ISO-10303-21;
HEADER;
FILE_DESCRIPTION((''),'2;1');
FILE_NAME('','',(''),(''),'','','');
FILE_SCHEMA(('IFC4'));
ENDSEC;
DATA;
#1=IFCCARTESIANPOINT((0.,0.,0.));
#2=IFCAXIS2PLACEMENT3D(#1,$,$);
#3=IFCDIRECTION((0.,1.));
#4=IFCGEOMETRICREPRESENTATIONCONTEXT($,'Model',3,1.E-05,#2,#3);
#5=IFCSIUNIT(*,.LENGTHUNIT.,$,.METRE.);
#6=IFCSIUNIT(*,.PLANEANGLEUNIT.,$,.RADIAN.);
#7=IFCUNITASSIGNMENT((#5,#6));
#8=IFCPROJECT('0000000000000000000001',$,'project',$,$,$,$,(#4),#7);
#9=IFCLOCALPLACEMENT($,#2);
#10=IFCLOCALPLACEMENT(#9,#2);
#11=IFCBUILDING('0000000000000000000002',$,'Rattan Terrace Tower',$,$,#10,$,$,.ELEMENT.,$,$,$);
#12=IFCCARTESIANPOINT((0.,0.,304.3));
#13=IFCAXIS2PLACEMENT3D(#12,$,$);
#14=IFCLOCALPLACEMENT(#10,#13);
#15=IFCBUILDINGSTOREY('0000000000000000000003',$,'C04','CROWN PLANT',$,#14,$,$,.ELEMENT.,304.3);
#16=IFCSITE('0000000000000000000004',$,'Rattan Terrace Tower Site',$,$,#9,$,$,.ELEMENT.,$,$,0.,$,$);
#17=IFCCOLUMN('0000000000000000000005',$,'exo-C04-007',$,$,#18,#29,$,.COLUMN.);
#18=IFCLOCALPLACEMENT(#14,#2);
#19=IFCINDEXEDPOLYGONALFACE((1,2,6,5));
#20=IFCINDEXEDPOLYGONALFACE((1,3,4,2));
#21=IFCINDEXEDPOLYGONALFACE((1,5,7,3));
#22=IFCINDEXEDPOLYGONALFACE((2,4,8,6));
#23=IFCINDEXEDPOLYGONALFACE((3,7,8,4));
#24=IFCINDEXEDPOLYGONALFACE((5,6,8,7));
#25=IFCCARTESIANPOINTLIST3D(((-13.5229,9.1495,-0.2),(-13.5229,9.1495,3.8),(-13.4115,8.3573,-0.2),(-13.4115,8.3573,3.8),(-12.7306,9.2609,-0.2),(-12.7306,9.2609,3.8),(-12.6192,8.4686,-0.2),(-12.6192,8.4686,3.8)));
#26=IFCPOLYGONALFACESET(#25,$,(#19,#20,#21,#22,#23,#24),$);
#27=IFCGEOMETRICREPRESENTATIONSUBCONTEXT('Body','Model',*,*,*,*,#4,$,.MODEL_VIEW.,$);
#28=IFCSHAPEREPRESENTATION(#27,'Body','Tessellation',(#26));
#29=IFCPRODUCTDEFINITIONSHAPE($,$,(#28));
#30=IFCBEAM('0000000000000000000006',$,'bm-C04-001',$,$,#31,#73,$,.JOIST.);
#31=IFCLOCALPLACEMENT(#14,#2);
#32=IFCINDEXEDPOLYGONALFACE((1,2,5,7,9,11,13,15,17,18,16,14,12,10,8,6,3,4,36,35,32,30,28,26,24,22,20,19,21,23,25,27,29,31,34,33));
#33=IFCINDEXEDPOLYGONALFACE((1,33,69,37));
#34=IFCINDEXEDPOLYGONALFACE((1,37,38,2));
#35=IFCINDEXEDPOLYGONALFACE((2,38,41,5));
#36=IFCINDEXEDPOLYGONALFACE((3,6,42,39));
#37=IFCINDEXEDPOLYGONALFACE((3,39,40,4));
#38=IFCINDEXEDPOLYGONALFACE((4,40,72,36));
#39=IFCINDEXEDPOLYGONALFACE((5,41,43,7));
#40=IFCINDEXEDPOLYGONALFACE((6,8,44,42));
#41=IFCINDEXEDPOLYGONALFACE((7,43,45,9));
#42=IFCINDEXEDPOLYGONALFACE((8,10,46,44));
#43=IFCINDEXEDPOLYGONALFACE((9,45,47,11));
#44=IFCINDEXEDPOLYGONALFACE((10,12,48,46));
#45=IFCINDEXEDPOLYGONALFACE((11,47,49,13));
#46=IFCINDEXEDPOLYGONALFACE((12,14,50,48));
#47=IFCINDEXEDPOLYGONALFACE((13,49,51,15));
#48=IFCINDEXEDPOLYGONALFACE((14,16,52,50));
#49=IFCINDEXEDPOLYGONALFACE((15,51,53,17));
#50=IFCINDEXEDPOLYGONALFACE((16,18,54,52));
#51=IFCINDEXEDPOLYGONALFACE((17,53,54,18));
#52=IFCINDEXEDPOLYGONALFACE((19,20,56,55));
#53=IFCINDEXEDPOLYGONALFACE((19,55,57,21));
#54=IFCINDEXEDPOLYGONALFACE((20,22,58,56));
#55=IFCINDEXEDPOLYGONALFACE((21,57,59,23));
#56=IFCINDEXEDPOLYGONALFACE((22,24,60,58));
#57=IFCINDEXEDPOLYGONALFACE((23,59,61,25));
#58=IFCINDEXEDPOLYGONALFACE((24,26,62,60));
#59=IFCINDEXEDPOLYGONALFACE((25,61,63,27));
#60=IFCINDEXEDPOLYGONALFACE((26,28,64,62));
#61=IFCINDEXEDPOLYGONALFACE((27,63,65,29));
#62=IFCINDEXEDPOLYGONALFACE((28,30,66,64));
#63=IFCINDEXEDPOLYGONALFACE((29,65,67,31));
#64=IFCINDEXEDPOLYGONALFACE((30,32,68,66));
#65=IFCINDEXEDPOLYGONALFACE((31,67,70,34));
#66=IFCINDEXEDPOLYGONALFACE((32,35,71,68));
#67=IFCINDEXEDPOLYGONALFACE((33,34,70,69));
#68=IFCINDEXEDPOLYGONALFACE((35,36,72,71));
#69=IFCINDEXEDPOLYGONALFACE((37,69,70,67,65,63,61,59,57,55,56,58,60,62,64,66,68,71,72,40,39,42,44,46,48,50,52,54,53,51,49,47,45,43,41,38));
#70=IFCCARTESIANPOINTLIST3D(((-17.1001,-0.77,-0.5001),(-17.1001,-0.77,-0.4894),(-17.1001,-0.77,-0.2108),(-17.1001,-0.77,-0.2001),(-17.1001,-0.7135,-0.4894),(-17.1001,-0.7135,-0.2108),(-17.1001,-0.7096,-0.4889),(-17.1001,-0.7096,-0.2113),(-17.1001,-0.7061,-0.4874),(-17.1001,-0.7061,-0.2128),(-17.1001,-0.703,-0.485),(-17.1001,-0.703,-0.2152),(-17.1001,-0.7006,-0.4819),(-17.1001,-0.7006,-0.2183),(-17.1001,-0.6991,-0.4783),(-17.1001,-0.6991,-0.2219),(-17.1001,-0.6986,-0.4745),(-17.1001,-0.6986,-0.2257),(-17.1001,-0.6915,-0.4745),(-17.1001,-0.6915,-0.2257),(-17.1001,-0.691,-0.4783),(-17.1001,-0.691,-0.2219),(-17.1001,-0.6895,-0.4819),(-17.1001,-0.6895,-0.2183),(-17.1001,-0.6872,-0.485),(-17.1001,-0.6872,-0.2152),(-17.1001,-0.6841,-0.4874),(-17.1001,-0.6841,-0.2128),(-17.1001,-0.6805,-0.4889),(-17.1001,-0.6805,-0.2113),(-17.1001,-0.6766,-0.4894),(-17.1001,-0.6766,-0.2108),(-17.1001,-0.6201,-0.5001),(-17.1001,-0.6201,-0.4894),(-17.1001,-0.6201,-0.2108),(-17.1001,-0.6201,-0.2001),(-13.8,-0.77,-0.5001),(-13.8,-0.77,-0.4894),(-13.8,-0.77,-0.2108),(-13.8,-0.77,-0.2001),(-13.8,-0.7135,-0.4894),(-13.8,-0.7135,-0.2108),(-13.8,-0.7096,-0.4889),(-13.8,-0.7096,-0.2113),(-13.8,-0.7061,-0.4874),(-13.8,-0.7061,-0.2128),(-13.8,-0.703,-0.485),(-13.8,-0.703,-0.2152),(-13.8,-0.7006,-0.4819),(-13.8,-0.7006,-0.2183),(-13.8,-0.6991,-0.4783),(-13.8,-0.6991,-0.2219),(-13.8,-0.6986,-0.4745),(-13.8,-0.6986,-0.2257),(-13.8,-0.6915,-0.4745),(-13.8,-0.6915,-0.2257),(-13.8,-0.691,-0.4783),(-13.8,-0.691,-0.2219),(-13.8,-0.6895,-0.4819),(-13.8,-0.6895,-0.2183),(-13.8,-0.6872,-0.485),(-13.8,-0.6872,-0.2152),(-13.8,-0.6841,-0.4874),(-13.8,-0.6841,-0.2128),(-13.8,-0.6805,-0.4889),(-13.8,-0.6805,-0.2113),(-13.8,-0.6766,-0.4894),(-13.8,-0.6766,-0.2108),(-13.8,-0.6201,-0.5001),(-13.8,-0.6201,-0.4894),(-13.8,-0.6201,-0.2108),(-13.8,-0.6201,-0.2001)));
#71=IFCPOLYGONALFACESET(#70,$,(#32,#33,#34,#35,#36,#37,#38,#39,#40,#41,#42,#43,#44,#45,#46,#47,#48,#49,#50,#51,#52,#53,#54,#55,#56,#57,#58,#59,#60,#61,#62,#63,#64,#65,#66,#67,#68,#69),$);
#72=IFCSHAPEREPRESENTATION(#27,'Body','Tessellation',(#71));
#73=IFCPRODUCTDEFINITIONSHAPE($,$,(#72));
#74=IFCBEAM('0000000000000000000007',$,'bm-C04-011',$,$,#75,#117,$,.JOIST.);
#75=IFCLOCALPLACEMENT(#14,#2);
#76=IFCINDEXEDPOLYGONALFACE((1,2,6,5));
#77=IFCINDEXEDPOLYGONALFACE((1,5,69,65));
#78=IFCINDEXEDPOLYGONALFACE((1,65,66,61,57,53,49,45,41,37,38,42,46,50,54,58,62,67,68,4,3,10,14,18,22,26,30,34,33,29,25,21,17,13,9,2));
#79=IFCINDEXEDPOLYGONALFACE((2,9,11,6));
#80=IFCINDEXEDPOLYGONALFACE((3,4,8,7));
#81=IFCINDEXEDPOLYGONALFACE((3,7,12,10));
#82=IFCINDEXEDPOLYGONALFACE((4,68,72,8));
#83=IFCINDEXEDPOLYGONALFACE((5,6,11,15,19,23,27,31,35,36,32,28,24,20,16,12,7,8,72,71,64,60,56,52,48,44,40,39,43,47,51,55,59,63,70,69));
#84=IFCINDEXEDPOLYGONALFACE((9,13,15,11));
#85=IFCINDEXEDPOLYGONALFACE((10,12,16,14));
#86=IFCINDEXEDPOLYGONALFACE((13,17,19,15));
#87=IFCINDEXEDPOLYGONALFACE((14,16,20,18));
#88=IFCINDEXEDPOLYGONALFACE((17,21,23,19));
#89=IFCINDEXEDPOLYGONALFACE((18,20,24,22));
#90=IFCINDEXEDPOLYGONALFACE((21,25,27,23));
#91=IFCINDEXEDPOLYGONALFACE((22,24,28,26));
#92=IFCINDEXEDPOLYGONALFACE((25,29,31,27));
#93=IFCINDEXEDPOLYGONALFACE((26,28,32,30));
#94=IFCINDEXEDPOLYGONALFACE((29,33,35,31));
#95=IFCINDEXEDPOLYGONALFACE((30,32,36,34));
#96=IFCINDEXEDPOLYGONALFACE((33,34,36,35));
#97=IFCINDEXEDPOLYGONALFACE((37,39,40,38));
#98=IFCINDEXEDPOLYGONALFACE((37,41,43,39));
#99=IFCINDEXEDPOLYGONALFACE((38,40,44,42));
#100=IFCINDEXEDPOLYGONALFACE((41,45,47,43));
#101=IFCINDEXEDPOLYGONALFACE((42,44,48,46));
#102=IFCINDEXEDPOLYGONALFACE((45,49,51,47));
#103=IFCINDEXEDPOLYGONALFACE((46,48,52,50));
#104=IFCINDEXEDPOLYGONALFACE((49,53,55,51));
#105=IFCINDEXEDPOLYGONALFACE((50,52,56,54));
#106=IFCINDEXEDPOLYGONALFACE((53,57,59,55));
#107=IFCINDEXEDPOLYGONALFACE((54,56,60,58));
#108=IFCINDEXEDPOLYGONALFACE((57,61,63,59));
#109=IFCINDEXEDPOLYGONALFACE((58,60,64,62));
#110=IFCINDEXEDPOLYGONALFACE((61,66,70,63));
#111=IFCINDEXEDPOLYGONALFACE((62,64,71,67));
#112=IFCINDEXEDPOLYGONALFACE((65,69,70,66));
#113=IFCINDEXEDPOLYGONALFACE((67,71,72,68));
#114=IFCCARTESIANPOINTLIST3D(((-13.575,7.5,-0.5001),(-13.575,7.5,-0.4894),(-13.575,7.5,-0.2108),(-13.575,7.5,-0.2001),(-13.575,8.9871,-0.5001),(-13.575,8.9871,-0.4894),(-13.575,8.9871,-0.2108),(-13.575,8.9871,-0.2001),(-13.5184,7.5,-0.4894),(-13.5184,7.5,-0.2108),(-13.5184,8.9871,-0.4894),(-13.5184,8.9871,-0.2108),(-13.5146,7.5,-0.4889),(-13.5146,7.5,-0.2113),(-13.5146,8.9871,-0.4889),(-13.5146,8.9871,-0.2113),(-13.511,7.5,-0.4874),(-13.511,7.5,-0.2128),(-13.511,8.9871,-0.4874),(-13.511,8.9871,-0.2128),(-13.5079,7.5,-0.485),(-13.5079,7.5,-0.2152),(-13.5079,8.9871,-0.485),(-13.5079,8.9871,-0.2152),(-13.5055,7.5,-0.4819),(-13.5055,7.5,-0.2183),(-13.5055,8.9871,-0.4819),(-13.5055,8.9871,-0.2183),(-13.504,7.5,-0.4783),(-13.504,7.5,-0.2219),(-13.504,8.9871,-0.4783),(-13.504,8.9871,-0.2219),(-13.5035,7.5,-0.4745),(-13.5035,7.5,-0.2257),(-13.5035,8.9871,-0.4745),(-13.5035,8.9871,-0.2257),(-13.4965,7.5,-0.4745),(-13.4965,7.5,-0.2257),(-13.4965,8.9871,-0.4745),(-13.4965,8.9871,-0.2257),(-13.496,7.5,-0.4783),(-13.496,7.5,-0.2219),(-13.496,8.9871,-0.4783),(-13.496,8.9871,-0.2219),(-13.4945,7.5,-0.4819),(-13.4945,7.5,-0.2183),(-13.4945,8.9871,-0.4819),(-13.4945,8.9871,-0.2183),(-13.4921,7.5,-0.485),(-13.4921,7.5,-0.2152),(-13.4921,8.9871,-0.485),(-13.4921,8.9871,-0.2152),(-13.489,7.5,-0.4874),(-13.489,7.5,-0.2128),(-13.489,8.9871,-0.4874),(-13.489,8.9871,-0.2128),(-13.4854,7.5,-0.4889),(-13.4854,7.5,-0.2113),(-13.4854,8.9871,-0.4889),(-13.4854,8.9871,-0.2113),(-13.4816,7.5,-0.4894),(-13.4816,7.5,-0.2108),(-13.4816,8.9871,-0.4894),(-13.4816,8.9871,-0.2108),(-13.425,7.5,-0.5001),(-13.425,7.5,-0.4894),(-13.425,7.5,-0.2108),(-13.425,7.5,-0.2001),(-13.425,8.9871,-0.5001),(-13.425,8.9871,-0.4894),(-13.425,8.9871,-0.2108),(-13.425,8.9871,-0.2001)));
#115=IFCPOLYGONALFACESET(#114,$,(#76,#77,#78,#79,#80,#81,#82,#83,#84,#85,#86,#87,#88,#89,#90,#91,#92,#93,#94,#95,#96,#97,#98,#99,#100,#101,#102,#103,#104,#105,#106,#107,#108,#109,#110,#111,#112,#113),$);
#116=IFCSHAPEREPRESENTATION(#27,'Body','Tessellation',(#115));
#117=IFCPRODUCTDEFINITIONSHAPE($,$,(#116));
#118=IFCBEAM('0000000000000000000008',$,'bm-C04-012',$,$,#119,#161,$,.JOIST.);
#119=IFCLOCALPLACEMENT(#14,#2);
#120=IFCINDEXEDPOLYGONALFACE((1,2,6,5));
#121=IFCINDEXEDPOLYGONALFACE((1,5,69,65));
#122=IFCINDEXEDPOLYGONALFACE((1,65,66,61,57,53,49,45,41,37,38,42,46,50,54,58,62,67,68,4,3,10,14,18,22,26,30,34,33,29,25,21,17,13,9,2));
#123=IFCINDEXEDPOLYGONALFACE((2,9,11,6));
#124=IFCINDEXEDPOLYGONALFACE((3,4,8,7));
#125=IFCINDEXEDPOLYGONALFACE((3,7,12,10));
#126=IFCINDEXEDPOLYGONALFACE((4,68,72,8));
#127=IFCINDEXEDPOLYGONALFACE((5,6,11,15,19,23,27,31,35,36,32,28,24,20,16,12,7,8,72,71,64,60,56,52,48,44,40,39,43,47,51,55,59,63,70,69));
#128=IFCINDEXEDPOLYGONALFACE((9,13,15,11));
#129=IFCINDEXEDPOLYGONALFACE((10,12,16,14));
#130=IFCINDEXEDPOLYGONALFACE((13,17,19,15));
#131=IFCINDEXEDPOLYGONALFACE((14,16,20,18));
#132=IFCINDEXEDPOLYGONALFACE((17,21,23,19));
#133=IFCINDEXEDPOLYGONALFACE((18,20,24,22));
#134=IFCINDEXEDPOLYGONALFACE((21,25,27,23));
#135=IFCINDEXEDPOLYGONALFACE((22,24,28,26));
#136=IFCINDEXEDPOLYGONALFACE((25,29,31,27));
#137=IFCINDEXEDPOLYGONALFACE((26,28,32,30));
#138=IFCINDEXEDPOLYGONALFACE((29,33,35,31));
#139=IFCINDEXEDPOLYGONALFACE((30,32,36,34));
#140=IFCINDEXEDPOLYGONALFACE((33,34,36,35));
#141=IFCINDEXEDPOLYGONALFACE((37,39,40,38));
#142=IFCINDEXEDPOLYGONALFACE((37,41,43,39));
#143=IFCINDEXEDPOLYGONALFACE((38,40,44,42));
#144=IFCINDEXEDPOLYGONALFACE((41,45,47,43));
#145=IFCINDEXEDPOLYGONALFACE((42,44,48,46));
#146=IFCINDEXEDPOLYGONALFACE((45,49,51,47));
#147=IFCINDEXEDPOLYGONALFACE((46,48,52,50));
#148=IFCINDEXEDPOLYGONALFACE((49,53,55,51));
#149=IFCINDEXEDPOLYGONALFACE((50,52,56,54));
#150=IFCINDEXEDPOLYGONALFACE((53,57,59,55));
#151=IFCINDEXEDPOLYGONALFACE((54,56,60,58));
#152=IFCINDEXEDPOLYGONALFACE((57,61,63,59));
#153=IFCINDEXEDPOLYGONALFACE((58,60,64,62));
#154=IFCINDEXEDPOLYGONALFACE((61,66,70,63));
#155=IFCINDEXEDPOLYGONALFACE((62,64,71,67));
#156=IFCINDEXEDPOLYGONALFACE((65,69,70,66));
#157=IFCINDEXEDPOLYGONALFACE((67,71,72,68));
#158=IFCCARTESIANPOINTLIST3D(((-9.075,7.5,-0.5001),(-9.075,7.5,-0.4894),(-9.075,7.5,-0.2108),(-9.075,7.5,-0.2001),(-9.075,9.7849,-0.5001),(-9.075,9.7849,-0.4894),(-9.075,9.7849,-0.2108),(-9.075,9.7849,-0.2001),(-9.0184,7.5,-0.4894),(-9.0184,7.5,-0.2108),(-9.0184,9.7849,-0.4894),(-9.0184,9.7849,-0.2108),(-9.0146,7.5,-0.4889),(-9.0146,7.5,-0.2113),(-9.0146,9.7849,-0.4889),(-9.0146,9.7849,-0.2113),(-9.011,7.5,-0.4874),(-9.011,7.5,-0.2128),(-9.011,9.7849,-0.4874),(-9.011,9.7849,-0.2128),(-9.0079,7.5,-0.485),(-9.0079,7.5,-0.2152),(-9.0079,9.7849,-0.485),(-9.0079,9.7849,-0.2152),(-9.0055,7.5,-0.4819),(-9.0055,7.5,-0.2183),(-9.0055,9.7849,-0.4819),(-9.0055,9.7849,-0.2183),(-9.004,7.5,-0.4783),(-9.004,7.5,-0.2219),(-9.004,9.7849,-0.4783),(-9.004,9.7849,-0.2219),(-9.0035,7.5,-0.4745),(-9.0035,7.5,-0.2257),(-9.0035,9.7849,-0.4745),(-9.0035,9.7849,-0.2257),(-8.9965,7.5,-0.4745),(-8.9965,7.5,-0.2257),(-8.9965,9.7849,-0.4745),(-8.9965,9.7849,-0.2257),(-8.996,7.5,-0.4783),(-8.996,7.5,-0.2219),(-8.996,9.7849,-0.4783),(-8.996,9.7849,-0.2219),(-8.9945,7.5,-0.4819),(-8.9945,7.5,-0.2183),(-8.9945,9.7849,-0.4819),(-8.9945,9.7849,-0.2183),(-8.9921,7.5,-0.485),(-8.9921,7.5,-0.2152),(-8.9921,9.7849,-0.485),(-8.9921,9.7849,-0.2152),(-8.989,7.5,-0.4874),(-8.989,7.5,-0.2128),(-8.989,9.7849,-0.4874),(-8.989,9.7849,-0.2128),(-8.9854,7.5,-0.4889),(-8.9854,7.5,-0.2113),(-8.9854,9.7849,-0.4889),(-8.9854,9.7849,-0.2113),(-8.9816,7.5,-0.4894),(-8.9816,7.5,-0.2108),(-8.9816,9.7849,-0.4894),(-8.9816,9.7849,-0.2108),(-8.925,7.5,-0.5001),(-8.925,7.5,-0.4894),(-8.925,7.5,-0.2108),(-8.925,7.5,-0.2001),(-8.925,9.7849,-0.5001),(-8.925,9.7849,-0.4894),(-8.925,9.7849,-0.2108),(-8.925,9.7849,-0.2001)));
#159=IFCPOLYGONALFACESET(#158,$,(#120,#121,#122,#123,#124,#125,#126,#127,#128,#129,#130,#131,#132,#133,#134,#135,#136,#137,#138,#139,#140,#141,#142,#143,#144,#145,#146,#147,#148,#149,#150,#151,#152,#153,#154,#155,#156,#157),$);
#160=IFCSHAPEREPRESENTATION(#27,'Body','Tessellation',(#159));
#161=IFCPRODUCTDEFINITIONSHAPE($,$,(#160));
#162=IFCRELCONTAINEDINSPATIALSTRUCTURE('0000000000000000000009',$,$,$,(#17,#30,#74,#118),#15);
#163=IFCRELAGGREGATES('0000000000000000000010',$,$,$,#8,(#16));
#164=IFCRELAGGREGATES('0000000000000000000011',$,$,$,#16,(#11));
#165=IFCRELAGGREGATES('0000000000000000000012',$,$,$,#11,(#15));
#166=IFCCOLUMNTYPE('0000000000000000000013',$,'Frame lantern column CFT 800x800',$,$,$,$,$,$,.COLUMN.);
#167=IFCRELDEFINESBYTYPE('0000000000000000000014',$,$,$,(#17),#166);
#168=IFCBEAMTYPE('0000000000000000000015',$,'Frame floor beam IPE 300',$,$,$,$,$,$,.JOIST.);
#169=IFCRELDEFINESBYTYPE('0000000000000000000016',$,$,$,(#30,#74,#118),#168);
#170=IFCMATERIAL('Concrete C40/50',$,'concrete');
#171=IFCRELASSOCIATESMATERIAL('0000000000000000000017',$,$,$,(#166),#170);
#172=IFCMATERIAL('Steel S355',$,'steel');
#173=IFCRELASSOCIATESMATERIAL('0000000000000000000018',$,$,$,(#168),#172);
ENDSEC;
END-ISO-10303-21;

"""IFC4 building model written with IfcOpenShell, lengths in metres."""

from ifc_helpers import new_model, si_unit, direction, frame, origin, origin_2d, place, context, subcontext, project, spatial, rectangle, i_section, extrude, material, material_profile, profile_set, type_object, element, save


model = new_model("IFC4")

# Units and contexts
model_context = context("Model", 3, precision=1e-05, world=origin(), true_north=direction((0.0, 1.0)))
body_context = subcontext(model_context, "Body", "Model", "MODEL_VIEW")
ifc_project = project(units=[si_unit("LENGTHUNIT", "METRE"), si_unit("PLANEANGLEUNIT", "RADIAN")], contexts=[model_context])

# Site, building, storey
site_placement = place(None, origin())
site = spatial("IfcSite", under=ifc_project, at=site_placement, Name="Rattan Terrace Tower Site", CompositionType="ELEMENT", RefElevation=0.0)
building_placement = place(site_placement, origin())
building = spatial("IfcBuilding", under=site, at=building_placement, Name="Rattan Terrace Tower", CompositionType="ELEMENT")
storey_placement = place(building_placement, frame((0.0, 0.0, 304.3)))
storey = spatial("IfcBuildingStorey", under=building, at=storey_placement, Name="C04", Description="CROWN PLANT", CompositionType="ELEMENT", Elevation=304.3)

# Column
ifc_material_1 = material(Name="Concrete C40/50", Category="concrete")
ifc_material_profile_1 = material_profile(ifc_material_1, rectangle(XDim=0.8, YDim=0.8, at=origin_2d()), Name="CFT 800x800")
ifc_profile_set_1 = profile_set([ifc_material_profile_1], Name="Concrete C40/50")
column_type = type_object("IfcColumnType", Name="Frame lantern column CFT 800x800", PredefinedType="COLUMN", material=ifc_profile_set_1)
column_placement = place(storey_placement, frame((-13.071, 8.8091, -0.2), z_axis=(0.0, 0.0, 1.0), x_axis=(0.990266, 0.13919, 0.0)))
element("IfcColumn", 1, at=column_placement, inside=storey, type_object=column_type, Name="exo-C04-007", PredefinedType="COLUMN", context=body_context, shape_type="SweptSolid", body=[
    extrude(rectangle(XDim=0.8, YDim=0.8, at=origin_2d()), origin(), (0.0, 0.0, 1.0), 4.0),
])

# Beams
ifc_material_2 = material(Name="Steel S355", Category="steel")
ifc_material_profile_2 = material_profile(ifc_material_2, i_section(OverallWidth=0.1499, OverallDepth=0.3, WebThickness=0.0071, FlangeThickness=0.0107, FilletRadius=0.0149, at=origin_2d()), Name="IPE 300")
ifc_profile_set_2 = profile_set([ifc_material_profile_2], Name="Steel S355")
beam_type = type_object("IfcBeamType", Name="Frame floor beam IPE 300", PredefinedType="JOIST", material=ifc_profile_set_2)
beam_1_placement = place(storey_placement, frame((-17.1001, -0.6951, -0.3501), z_axis=(1.0, 0.0, 0.0), x_axis=(0.0, 1.0, 0.0)))
element("IfcBeam", 2, at=beam_1_placement, inside=storey, type_object=beam_type, Name="bm-C04-001", PredefinedType="JOIST", context=body_context, shape_type="SweptSolid", body=[
    extrude(i_section(OverallWidth=0.1499, OverallDepth=0.3, WebThickness=0.0071, FlangeThickness=0.0107, FilletRadius=0.0149, at=origin_2d()), origin(), (0.0, 0.0, 1.0), 3.3),
])
beam_2_placement = place(storey_placement, frame((-13.5, 7.5, -0.3501), z_axis=(0.0, 1.0, 0.0), x_axis=(-1.0, 0.0, 0.0)))
element("IfcBeam", 3, at=beam_2_placement, inside=storey, type_object=beam_type, Name="bm-C04-011", PredefinedType="JOIST", context=body_context, shape_type="SweptSolid", body=[
    extrude(i_section(OverallWidth=0.1499, OverallDepth=0.3, WebThickness=0.0071, FlangeThickness=0.0107, FilletRadius=0.0149, at=origin_2d()), origin(), (0.0, 0.0, 1.0), 1.4871),
])
beam_3_placement = place(storey_placement, frame((-9.0, 7.5, -0.3501), z_axis=(0.0, 1.0, 0.0), x_axis=(-1.0, 0.0, 0.0)))
element("IfcBeam", 4, at=beam_3_placement, inside=storey, type_object=beam_type, Name="bm-C04-012", PredefinedType="JOIST", context=body_context, shape_type="SweptSolid", body=[
    extrude(i_section(OverallWidth=0.1499, OverallDepth=0.3, WebThickness=0.0071, FlangeThickness=0.0107, FilletRadius=0.0149, at=origin_2d()), origin(), (0.0, 0.0, 1.0), 2.2849),
])

save(model, "model.ifc")
